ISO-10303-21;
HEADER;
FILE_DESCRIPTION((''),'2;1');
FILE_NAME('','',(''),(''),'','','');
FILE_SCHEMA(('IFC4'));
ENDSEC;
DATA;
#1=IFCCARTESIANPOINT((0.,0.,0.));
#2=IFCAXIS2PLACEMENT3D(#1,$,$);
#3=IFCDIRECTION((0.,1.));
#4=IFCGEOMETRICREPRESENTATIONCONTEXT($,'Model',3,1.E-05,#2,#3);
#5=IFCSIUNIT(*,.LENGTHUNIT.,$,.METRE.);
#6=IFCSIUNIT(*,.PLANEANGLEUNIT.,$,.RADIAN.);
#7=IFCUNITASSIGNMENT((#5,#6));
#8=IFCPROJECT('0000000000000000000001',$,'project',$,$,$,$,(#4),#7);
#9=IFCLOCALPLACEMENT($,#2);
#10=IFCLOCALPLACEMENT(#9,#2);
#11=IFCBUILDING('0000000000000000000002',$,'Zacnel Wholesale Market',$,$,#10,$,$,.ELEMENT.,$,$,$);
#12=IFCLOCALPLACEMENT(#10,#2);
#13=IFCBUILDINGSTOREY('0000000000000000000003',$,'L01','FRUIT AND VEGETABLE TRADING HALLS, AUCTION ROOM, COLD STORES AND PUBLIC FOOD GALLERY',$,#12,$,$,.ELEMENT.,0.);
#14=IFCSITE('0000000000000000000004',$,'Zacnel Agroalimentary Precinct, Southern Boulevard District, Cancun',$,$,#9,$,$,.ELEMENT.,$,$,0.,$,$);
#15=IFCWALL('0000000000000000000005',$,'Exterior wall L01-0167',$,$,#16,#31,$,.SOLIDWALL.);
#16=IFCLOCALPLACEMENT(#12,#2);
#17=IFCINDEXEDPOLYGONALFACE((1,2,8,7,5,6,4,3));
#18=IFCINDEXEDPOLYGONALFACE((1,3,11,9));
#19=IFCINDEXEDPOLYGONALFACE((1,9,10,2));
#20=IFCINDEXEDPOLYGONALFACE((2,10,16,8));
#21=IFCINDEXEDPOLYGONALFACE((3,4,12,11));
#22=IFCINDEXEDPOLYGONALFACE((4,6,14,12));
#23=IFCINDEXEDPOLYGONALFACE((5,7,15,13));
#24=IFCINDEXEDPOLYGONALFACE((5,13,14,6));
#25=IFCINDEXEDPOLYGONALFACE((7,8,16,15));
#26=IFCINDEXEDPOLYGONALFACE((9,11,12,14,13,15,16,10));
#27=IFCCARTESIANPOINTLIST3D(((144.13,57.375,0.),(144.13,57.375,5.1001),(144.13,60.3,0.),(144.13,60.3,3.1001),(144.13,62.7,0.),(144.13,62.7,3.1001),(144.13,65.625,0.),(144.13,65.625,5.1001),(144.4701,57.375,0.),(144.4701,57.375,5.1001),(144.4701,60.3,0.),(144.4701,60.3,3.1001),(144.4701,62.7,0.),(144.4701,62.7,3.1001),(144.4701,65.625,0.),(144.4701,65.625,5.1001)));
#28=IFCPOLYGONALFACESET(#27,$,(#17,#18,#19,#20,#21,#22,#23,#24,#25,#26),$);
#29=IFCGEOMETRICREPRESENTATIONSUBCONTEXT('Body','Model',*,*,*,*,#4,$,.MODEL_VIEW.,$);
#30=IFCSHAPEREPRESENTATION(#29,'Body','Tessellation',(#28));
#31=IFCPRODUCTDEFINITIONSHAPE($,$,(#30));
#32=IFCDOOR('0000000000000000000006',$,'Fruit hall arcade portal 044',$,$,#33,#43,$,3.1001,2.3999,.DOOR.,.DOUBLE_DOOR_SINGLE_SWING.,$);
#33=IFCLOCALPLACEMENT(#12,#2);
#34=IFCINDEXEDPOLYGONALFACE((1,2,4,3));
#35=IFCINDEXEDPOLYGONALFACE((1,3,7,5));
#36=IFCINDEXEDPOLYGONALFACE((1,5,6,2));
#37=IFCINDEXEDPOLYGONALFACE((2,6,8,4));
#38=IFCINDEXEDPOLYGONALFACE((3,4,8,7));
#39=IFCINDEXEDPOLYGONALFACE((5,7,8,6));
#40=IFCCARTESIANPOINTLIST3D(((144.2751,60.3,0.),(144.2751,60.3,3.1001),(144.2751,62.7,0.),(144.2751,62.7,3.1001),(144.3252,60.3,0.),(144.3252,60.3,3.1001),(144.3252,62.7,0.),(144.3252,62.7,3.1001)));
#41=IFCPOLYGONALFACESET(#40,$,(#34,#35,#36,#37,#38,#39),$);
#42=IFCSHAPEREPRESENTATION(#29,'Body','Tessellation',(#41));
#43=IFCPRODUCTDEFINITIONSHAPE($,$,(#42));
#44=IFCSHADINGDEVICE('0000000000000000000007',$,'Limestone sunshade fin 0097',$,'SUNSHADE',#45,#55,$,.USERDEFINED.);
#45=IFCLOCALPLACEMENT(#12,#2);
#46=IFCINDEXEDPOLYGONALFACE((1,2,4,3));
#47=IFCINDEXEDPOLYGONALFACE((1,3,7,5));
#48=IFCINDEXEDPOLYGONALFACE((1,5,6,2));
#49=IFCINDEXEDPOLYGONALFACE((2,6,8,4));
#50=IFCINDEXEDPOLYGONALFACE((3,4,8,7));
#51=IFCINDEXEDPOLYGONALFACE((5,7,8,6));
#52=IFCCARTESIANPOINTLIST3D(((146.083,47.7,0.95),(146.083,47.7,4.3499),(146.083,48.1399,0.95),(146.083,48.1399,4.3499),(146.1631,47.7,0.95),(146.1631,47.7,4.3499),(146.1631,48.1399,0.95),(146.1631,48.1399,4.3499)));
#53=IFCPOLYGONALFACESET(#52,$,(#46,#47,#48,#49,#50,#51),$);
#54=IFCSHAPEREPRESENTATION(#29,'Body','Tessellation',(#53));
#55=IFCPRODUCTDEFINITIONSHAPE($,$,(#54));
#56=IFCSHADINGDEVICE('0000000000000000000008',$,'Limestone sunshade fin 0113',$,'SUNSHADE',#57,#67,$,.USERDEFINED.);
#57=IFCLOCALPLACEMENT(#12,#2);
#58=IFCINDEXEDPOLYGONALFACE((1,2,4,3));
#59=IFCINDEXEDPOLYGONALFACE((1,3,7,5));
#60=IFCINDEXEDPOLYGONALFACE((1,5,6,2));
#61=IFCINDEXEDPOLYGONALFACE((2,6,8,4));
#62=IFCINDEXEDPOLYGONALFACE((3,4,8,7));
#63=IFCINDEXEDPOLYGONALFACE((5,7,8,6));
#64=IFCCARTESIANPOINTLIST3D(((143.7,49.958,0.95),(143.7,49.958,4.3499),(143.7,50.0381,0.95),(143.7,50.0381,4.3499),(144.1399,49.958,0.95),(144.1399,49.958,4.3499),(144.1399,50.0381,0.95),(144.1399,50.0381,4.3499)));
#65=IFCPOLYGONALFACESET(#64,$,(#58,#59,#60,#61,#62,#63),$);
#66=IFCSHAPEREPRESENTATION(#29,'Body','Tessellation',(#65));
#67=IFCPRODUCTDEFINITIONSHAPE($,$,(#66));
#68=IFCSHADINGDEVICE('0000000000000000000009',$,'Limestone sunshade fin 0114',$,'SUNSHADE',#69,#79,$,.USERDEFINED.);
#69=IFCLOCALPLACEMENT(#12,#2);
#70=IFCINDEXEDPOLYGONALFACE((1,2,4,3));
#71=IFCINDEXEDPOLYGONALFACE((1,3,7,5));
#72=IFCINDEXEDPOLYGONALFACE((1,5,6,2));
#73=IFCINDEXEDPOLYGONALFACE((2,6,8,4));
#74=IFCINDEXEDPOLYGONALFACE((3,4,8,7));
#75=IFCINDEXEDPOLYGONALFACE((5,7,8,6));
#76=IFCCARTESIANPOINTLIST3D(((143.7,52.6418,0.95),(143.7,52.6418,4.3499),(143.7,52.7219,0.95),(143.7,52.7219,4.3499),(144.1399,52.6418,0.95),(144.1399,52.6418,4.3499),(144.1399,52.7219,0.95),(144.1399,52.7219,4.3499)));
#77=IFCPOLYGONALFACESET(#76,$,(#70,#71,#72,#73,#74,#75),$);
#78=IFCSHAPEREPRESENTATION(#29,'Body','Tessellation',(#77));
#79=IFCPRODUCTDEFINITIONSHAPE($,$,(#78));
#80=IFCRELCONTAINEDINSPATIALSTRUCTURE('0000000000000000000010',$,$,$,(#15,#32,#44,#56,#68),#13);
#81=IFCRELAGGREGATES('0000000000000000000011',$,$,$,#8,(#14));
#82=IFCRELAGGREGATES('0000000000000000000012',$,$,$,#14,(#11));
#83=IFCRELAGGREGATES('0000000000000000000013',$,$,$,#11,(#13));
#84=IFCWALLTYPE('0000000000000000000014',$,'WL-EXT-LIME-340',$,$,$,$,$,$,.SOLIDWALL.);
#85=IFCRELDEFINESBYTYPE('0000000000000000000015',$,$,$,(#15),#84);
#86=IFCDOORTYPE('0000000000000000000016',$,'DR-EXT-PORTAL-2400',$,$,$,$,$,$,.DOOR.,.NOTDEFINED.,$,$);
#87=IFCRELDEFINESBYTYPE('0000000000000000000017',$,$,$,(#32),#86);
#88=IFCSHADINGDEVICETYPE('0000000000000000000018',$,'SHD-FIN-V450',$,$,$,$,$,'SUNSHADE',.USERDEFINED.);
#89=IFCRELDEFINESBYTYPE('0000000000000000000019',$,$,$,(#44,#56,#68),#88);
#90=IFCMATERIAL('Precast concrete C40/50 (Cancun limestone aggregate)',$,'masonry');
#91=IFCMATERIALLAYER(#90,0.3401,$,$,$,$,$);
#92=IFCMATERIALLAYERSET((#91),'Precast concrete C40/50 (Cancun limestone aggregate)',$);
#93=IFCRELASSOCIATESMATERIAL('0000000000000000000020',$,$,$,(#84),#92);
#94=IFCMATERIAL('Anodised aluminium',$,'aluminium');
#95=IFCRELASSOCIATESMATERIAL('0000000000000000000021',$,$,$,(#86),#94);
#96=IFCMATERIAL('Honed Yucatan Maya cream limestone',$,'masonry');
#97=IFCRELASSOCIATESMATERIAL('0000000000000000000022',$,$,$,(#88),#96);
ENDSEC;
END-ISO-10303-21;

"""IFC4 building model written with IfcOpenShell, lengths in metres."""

from ifc_helpers import new_model, si_unit, direction, frame, frame_2d, origin, origin_2d, place, context, subcontext, project, spatial, rectangle, extrude, material, layer, layer_set, type_object, element, fill, save


model = new_model("IFC4")

# Units and contexts
model_context = context("Model", 3, precision=1e-05, world=origin(), true_north=direction((0.0, 1.0)))
body_context = subcontext(model_context, "Body", "Model", "MODEL_VIEW")
ifc_project = project(units=[si_unit("LENGTHUNIT", "METRE"), si_unit("PLANEANGLEUNIT", "RADIAN")], contexts=[model_context])

# Site, building, storey
site_placement = place(None, origin())
site = spatial("IfcSite", under=ifc_project, at=site_placement, Name="Zacnel Agroalimentary Precinct, Southern Boulevard District, Cancun", CompositionType="ELEMENT", RefElevation=0.0)
building_placement = place(site_placement, origin())
building = spatial("IfcBuilding", under=site, at=building_placement, Name="Zacnel Wholesale Market", CompositionType="ELEMENT")
storey_placement = place(building_placement, origin())
storey = spatial("IfcBuildingStorey", under=building, at=storey_placement, Name="L01", Description="FRUIT AND VEGETABLE TRADING HALLS, AUCTION ROOM, COLD STORES AND PUBLIC FOOD GALLERY", CompositionType="ELEMENT", Elevation=0.0)

# Shared definitions
ifc_material_1 = material(Name="Precast concrete C40/50 (Cancun limestone aggregate)", Category="masonry")
ifc_layer_1 = layer(ifc_material_1, 0.3401)
ifc_layer_set_1 = layer_set([ifc_layer_1], Name="Precast concrete C40/50 (Cancun limestone aggregate)")
wall_type = type_object("IfcWallType", Name="WL-EXT-LIME-340", PredefinedType="SOLIDWALL", material=ifc_layer_set_1)

# Wall, opening, door
wall_1_placement = place(storey_placement, frame((144.3, 57.375, 0.0), z_axis=(0.0, 0.0, 1.0), x_axis=(0.0, 1.0, 0.0)))
wall_1 = element("IfcWall", 1, at=wall_1_placement, inside=storey, type_object=wall_type, Name="Exterior wall L01-0167", PredefinedType="SOLIDWALL", context=body_context, shape_type="SweptSolid", body=[
    extrude(rectangle(XDim=8.25, YDim=0.3401, at=frame_2d((4.125, 0.0))), origin(), (0.0, 0.0, 1.0), 5.1001),
])
opening_1_placement = place(wall_1_placement, frame((2.925, 0.0, 0.0)))
opening_1 = element("IfcOpeningElement", 2, at=opening_1_placement, cuts=wall_1, PredefinedType="OPENING", context=body_context, shape_type="SweptSolid", body=[
    extrude(rectangle(XDim=2.3999, YDim=3.1001, at=frame_2d((1.2, 1.55))), frame((0.0, 0.1799, 0.0), z_axis=(0.0, -1.0, 0.0), x_axis=(1.0, 0.0, 0.0)), (0.0, 0.0, 1.0), 0.3601),
])
ifc_material_2 = material(Name="Anodised aluminium", Category="aluminium")
door_type = type_object("IfcDoorType", Name="DR-EXT-PORTAL-2400", OperationType="NOTDEFINED", PredefinedType="DOOR", material=ifc_material_2)
door_placement = place(opening_1_placement, origin())
door = element("IfcDoor", 3, at=door_placement, inside=storey, type_object=door_type, Name="Fruit hall arcade portal 044", OperationType="DOUBLE_DOOR_SINGLE_SWING", OverallHeight=3.1001, OverallWidth=2.3999, PredefinedType="DOOR", context=body_context, shape_type="SweptSolid", body=[
    extrude(rectangle(XDim=2.3999, YDim=3.1001, at=frame_2d((1.2, 1.55))), frame((0.0, 0.0249, 0.0), z_axis=(0.0, -1.0, 0.0), x_axis=(1.0, 0.0, 0.0)), (0.0, 0.0, 1.0), 0.05),
])
fill(opening_1, door)

# Shading devices
ifc_material_3 = material(Name="Honed Yucatan Maya cream limestone", Category="masonry")
shading_device_type = type_object("IfcShadingDeviceType", Name="SHD-FIN-V450", ElementType="SUNSHADE", PredefinedType="USERDEFINED", material=ifc_material_3)
for number, where, z_axis, x_axis, name in (
    (4, (146.123, 47.9199, 0.95), (0.0, 0.0, 1.0), (1.0, 0.0, 0.0), "Limestone sunshade fin 0097"),
    (5, (143.9199, 49.998, 0.95), (0.0, 0.0, 1.0), (0.0, 1.0, 0.0), "Limestone sunshade fin 0113"),
    (6, (143.9199, 52.6819, 0.95), (0.0, 0.0, 1.0), (0.0, 1.0, 0.0), "Limestone sunshade fin 0114"),
):
    element("IfcShadingDevice", number, at=place(storey_placement, frame(where, z_axis=z_axis, x_axis=x_axis)), inside=storey, type_object=shading_device_type, Name=name, ObjectType="SUNSHADE", PredefinedType="USERDEFINED", context=body_context, shape_type="SweptSolid", body=[
        extrude(rectangle(XDim=0.0801, YDim=0.4399, at=origin_2d()), origin(), (0.0, 0.0, 1.0), 3.3999),
    ])

save(model, "model.ifc")
